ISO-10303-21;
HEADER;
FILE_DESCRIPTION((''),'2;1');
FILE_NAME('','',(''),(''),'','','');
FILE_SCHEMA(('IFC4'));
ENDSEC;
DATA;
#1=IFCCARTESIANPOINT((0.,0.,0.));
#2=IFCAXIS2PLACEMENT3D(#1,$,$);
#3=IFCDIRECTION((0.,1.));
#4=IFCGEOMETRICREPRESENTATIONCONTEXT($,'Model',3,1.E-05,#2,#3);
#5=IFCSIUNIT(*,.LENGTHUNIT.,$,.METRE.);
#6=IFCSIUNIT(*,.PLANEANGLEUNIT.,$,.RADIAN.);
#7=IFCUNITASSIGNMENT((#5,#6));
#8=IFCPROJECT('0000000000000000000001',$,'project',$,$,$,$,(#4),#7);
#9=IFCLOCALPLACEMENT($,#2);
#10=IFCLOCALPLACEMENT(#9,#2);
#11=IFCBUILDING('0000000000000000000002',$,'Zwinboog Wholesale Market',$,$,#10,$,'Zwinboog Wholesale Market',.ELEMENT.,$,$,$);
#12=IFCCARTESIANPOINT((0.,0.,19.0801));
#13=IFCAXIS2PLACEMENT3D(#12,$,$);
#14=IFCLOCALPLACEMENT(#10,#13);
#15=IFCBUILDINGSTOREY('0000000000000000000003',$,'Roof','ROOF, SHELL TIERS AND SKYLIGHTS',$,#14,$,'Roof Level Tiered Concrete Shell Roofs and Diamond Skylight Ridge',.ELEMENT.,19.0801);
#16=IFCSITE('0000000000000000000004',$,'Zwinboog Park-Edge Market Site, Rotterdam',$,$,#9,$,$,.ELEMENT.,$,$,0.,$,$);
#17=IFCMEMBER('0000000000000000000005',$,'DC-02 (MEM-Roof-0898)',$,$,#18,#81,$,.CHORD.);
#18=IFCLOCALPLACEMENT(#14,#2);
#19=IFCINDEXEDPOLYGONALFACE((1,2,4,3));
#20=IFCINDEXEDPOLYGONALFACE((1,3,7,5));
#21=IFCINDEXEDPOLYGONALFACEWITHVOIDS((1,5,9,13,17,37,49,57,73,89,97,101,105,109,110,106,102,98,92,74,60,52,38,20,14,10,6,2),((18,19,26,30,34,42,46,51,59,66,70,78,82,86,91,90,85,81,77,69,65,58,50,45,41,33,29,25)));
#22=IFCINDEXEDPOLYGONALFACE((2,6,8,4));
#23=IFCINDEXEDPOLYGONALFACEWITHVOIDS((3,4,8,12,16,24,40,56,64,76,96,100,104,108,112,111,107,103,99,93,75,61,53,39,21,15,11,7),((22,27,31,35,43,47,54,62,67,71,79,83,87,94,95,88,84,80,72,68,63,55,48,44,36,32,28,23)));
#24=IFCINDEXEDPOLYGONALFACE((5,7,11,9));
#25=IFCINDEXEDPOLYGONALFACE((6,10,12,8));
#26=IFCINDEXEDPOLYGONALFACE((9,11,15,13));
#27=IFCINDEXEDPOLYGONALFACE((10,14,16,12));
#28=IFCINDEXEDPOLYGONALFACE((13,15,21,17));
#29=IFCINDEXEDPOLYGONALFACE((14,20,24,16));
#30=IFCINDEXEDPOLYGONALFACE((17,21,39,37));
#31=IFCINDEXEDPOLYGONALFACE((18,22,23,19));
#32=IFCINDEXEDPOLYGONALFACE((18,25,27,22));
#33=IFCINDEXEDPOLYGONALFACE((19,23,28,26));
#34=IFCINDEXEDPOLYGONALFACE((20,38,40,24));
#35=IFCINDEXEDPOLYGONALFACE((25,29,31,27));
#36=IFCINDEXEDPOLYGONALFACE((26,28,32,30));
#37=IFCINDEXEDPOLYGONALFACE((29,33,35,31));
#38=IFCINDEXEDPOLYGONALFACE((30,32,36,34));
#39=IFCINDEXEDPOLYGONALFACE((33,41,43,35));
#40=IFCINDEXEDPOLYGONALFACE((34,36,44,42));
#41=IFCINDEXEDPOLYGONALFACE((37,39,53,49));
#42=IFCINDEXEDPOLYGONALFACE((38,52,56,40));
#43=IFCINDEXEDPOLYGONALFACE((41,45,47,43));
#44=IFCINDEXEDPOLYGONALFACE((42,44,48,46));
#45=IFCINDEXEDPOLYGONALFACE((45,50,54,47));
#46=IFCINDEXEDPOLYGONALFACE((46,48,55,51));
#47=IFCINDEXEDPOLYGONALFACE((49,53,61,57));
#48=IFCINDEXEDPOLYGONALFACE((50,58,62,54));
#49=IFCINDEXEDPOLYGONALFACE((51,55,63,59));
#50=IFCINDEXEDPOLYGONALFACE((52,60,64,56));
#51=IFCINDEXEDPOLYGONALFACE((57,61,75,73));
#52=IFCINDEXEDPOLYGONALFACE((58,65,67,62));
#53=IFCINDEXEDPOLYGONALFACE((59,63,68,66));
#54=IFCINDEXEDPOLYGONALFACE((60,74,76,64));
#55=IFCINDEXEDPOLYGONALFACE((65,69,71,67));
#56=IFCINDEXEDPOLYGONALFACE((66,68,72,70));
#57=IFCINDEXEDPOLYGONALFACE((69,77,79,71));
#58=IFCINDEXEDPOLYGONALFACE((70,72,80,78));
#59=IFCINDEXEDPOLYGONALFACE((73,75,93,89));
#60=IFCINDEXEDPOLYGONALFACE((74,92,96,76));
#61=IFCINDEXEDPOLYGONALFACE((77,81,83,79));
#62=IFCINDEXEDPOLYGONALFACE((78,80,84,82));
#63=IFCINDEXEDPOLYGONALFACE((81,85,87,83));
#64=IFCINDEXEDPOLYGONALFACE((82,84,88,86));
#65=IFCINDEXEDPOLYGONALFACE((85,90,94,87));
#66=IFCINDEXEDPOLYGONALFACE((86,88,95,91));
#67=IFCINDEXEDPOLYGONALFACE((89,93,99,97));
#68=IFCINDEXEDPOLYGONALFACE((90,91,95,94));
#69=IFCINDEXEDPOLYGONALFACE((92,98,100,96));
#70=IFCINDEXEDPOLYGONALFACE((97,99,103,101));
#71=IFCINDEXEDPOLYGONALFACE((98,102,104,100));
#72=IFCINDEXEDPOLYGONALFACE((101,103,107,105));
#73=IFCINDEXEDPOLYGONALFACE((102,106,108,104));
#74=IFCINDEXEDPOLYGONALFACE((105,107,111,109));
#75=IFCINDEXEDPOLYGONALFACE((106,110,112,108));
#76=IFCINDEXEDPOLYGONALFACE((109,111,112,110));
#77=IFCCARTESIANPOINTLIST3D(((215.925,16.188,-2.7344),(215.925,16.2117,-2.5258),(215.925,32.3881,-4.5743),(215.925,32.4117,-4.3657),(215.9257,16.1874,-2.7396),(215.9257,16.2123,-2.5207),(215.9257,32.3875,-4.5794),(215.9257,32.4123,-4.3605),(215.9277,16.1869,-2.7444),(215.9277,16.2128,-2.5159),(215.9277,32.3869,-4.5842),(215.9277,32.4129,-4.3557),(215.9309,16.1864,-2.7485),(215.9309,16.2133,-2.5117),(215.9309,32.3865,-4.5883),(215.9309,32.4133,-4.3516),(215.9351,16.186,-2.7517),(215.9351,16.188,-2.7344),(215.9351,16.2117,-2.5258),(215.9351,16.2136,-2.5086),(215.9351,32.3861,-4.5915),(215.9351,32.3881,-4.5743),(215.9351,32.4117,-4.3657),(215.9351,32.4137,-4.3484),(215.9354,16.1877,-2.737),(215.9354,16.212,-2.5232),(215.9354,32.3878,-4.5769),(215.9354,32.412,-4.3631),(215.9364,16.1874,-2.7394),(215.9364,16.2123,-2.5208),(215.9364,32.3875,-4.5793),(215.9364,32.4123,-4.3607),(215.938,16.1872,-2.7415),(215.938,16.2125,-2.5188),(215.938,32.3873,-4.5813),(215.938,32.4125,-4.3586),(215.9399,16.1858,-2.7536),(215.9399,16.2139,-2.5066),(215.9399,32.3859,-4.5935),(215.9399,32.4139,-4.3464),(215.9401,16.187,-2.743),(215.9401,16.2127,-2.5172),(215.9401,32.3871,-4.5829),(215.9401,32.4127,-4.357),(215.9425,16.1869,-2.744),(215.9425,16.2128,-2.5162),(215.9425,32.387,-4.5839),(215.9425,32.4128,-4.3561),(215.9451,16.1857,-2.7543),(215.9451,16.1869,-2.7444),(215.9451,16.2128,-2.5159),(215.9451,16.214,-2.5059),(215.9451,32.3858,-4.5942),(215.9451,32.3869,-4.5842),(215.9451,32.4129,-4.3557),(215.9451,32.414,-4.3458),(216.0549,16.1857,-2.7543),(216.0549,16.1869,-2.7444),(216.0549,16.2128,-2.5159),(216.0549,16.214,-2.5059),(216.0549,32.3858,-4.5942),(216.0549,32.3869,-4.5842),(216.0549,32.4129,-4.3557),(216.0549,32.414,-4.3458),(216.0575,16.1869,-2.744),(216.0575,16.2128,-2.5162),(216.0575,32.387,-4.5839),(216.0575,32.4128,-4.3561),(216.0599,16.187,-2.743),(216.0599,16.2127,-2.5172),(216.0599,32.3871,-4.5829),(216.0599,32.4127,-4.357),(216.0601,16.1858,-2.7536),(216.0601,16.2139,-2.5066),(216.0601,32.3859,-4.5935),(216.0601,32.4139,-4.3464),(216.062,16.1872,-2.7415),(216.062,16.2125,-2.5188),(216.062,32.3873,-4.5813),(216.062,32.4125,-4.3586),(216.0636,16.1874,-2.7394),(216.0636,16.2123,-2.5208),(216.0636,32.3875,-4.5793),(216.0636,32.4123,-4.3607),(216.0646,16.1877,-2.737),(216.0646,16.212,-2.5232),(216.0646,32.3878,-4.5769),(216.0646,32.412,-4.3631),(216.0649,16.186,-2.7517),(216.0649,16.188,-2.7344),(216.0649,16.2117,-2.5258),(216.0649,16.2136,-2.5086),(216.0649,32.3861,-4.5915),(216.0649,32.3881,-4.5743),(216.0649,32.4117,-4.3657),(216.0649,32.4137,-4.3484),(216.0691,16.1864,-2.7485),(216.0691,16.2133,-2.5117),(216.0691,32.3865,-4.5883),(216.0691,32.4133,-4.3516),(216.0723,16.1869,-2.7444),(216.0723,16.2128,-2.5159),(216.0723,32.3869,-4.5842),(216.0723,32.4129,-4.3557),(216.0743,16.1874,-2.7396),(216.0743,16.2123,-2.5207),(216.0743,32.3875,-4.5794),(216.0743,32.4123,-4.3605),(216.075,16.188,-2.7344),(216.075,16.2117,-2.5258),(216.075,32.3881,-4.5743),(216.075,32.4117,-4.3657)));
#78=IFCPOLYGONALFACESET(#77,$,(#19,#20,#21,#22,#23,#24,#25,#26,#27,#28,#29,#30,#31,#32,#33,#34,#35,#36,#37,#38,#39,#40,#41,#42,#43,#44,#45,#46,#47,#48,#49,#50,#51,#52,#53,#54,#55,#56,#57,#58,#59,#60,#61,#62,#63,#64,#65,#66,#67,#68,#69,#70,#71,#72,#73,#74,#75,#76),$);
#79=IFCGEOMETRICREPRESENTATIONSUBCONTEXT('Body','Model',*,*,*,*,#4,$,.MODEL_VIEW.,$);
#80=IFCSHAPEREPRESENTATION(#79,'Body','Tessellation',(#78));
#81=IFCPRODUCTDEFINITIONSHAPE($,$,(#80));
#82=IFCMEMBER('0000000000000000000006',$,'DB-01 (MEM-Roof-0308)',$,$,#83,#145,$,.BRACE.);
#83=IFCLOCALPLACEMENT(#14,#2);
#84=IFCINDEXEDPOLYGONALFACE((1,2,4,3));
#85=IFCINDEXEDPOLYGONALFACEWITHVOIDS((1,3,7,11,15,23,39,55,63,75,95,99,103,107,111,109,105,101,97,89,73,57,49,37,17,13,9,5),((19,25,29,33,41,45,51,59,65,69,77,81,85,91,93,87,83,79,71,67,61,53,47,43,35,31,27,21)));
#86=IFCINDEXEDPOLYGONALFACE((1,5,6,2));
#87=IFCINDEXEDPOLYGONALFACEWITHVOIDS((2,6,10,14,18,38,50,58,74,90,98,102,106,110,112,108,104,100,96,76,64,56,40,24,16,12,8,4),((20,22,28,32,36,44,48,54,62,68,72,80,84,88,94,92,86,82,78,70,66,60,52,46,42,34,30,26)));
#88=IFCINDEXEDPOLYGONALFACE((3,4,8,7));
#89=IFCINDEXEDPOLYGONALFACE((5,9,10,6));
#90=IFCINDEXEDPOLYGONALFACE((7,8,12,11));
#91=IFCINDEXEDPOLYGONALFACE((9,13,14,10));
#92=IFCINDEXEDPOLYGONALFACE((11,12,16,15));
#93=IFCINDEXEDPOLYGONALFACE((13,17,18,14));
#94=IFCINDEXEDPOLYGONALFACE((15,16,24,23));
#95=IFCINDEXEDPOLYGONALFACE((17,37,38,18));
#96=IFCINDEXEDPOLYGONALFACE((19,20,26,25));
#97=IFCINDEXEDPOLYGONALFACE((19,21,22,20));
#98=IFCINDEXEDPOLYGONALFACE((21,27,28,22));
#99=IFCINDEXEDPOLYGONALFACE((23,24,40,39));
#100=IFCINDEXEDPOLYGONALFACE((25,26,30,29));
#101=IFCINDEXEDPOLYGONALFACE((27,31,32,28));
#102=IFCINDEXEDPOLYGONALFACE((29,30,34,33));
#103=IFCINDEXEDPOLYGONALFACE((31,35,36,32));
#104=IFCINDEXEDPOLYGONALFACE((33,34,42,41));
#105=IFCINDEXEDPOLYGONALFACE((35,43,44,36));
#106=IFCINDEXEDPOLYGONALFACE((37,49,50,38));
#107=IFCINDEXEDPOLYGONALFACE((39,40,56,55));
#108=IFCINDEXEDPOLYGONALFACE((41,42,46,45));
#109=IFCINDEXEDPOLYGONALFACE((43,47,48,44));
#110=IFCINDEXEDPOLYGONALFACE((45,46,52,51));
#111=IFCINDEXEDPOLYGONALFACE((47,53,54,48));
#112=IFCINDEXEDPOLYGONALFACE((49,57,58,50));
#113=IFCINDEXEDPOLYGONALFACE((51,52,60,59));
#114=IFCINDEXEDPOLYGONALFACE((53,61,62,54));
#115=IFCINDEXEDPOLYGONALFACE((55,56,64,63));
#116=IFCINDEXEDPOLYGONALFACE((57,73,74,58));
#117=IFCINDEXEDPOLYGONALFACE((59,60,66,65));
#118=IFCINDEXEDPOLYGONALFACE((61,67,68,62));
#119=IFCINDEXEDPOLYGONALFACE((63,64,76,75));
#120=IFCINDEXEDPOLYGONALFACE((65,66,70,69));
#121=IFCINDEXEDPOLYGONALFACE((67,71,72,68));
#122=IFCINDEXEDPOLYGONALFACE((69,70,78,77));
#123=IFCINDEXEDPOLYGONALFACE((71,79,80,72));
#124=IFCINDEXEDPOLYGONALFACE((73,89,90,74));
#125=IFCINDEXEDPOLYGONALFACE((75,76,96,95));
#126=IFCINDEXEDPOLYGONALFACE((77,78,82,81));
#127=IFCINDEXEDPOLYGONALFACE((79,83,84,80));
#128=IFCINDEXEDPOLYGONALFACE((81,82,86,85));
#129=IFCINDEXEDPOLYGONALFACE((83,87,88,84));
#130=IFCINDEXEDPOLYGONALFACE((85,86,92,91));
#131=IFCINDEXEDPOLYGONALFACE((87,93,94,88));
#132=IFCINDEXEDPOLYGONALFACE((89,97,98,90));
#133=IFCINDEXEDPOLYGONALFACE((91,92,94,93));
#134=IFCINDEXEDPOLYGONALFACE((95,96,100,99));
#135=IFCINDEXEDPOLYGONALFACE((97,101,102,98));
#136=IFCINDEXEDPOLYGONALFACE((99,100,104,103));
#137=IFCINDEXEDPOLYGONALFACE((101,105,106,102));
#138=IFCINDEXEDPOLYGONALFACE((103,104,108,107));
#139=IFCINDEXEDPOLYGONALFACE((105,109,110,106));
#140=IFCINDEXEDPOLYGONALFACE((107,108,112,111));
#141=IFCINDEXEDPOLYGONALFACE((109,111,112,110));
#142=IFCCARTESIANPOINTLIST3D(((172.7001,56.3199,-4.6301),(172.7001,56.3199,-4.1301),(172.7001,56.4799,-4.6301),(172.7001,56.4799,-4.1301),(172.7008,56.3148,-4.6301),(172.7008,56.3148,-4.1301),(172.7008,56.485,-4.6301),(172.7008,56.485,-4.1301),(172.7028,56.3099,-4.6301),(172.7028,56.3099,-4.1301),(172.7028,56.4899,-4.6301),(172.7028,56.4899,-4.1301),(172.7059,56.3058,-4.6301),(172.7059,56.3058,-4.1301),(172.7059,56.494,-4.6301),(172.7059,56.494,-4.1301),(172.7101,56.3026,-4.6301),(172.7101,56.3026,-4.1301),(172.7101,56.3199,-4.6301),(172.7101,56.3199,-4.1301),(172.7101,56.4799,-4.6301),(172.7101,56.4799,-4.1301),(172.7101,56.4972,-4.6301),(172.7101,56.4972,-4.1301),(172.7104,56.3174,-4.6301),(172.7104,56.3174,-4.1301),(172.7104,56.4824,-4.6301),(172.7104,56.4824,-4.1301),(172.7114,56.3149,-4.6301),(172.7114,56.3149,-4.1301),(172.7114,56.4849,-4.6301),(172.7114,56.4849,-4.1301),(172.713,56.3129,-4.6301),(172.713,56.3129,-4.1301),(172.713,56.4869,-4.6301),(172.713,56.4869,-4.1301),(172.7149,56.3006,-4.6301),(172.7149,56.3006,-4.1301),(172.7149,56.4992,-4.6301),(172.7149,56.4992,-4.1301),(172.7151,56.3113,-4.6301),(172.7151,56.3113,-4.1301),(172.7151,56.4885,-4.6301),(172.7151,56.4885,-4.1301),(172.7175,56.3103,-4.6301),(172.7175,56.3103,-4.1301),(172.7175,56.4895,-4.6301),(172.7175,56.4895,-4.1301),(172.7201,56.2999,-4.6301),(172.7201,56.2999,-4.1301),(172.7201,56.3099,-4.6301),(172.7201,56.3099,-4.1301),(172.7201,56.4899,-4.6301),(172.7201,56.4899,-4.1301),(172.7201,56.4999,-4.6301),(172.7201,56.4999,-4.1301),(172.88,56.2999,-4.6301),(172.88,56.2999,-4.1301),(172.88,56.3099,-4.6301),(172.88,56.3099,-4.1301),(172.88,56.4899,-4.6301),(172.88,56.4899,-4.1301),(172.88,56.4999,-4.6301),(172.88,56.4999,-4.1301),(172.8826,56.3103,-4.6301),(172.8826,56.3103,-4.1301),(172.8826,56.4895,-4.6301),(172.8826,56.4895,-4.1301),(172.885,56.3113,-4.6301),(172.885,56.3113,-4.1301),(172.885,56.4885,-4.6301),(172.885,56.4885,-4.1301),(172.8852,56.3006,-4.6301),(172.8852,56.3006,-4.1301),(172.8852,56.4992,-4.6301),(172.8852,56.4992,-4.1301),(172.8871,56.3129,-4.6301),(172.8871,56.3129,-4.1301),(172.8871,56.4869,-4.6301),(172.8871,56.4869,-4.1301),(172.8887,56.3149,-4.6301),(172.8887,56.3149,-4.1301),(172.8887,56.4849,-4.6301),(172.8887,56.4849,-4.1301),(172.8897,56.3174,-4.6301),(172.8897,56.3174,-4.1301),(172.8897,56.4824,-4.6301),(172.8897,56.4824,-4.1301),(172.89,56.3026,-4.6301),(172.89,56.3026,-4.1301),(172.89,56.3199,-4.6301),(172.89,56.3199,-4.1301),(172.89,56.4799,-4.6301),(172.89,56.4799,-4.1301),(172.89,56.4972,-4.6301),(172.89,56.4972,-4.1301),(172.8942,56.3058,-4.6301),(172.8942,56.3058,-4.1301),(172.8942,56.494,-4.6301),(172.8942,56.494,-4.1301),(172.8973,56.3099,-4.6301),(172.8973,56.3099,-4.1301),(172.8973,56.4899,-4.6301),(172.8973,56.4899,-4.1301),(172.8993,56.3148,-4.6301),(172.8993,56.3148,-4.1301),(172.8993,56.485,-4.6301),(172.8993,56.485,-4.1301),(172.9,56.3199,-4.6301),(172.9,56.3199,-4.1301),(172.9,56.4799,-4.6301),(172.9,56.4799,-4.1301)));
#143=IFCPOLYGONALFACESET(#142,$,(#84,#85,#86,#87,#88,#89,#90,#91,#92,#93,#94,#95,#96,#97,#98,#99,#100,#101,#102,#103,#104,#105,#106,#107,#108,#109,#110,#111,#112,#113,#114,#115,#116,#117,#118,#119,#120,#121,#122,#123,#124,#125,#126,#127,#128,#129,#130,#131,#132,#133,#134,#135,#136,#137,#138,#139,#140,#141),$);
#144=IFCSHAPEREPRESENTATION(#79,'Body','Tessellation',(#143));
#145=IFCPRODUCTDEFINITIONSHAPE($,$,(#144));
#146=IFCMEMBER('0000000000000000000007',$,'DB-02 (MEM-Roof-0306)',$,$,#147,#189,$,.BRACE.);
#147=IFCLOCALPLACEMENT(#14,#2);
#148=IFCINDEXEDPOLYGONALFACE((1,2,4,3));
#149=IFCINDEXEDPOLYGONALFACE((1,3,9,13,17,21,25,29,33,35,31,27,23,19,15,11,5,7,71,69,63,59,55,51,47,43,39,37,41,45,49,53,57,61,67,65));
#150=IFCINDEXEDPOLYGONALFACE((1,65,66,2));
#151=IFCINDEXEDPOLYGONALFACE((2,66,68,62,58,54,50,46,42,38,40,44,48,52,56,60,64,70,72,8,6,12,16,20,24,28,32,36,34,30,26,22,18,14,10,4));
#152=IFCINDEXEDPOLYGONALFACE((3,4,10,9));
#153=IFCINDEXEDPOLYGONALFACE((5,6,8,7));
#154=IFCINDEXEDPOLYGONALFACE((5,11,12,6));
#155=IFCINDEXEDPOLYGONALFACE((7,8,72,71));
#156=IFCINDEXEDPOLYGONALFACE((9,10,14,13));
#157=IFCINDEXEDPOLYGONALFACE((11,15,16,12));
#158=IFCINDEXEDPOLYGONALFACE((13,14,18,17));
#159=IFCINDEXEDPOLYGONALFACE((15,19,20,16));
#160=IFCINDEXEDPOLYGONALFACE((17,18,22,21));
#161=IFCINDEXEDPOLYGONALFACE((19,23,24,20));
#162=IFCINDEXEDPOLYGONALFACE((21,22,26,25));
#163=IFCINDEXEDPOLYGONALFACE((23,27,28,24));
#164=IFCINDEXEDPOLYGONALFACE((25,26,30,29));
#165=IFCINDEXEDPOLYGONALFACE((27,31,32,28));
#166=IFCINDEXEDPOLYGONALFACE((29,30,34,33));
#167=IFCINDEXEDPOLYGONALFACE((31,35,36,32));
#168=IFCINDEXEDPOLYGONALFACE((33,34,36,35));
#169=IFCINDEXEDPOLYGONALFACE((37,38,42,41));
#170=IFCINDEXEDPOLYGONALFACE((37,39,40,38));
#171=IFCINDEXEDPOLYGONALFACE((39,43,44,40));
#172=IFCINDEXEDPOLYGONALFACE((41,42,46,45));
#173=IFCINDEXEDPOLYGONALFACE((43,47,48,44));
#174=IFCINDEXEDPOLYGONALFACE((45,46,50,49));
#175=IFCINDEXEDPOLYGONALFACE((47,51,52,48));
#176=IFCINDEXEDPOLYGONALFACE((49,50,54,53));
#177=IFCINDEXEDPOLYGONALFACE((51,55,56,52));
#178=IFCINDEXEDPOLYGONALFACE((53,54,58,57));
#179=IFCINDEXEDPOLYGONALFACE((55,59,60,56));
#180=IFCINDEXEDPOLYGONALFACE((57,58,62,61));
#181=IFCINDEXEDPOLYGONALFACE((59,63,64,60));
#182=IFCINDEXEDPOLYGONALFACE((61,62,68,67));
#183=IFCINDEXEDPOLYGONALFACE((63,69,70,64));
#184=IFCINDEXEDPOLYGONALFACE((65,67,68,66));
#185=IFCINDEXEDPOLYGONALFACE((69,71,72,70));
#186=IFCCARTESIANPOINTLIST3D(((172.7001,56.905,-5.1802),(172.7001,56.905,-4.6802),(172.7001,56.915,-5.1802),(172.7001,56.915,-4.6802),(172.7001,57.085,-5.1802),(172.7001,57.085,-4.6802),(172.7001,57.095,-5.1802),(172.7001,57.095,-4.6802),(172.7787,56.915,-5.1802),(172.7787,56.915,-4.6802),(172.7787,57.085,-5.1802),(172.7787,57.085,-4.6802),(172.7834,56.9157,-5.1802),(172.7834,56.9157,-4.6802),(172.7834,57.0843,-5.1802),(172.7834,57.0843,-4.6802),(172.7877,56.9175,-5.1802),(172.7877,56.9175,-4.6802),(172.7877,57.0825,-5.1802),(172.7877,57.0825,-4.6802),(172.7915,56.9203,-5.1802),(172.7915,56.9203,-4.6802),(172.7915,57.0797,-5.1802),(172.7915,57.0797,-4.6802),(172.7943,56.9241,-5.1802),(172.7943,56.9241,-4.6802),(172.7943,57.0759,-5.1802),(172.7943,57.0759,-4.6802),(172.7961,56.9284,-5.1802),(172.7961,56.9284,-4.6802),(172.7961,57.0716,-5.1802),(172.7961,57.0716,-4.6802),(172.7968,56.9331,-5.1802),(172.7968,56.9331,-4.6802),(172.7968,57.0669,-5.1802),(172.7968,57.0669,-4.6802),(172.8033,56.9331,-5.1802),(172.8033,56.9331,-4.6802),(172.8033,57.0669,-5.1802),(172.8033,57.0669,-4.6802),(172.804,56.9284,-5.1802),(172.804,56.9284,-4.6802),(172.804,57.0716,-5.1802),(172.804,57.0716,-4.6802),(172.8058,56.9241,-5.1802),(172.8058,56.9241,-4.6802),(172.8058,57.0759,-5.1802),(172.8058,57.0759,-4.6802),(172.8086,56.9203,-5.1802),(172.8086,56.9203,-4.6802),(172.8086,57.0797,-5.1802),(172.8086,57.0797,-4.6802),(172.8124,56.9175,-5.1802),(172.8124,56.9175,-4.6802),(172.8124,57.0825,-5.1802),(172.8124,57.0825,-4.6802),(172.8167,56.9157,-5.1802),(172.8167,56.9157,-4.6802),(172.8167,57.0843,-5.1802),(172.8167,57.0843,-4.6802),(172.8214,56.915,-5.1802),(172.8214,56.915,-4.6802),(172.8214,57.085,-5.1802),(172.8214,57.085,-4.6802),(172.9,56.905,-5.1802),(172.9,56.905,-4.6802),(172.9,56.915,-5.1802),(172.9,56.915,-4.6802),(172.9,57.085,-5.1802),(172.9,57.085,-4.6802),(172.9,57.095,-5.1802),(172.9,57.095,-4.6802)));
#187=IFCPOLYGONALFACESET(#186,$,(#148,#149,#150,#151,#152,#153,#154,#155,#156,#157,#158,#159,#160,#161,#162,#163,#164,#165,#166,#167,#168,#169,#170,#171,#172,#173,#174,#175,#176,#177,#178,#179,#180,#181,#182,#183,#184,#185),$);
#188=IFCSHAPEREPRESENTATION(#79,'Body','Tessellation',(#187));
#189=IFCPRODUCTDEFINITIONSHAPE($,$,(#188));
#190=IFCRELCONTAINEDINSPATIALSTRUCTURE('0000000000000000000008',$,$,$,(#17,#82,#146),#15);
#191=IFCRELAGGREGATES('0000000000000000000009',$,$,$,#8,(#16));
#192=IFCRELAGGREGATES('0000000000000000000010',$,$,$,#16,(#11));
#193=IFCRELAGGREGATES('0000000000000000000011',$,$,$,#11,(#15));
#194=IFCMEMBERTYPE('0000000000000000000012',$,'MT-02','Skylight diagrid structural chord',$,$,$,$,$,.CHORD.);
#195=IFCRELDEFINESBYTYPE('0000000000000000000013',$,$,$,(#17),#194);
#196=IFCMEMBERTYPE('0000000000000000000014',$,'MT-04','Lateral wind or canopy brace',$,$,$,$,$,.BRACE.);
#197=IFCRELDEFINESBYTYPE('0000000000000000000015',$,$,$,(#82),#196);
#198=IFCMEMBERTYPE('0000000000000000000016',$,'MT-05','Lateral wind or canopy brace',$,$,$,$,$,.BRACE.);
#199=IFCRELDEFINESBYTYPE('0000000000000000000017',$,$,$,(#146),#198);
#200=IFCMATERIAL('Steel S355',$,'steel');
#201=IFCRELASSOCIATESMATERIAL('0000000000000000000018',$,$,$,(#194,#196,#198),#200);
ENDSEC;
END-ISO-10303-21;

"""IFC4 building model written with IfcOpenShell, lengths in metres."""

from ifc_helpers import new_model, si_unit, direction, frame, origin, origin_2d, place, context, subcontext, project, spatial, hollow_rectangle, i_section, extrude, material, material_profile, profile_set, type_object, element, save


model = new_model("IFC4")

# Units and contexts
model_context = context("Model", 3, precision=1e-05, world=origin(), true_north=direction((0.0, 1.0)))
body_context = subcontext(model_context, "Body", "Model", "MODEL_VIEW")
ifc_project = project(units=[si_unit("LENGTHUNIT", "METRE"), si_unit("PLANEANGLEUNIT", "RADIAN")], contexts=[model_context])

# Site, building, storey
site_placement = place(None, origin())
site = spatial("IfcSite", under=ifc_project, at=site_placement, Name="Zwinboog Park-Edge Market Site, Rotterdam", CompositionType="ELEMENT", RefElevation=0.0)
building_placement = place(site_placement, origin())
building = spatial("IfcBuilding", under=site, at=building_placement, Name="Zwinboog Wholesale Market", LongName="Zwinboog Wholesale Market", CompositionType="ELEMENT")
storey_placement = place(building_placement, frame((0.0, 0.0, 19.0801)))
storey = spatial("IfcBuildingStorey", under=building, at=storey_placement, Name="Roof", Description="ROOF, SHELL TIERS AND SKYLIGHTS", LongName="Roof Level Tiered Concrete Shell Roofs and Diamond Skylight Ridge", CompositionType="ELEMENT", Elevation=19.0801)

# Shared definitions
ifc_material_1 = material(Name="Steel S355", Category="steel")

# Members
ifc_material_profile_1 = material_profile(ifc_material_1, hollow_rectangle(XDim=0.1499, YDim=0.25, WallThickness=0.01, InnerFilletRadius=0.01, OuterFilletRadius=0.02, at=origin_2d()), Name="RHS 250x150x10")
ifc_profile_set_1 = profile_set([ifc_material_profile_1], Name="Steel S355")
member_type_1 = type_object("IfcMemberType", Name="MT-02", Description="Skylight diagrid structural chord", PredefinedType="CHORD", material=ifc_profile_set_1)
for number, where, z_axis, x_axis, name in (
    (1, (216.0, 32.3999, -4.47), (0.0, -0.993613, 0.112846), (1.0, 0.0, 0.0), "DC-02 (MEM-Roof-0898)"),
):
    element("IfcMember", number, at=place(storey_placement, frame(where, z_axis=z_axis, x_axis=x_axis)), inside=storey, type_object=member_type_1, Name=name, PredefinedType="CHORD", context=body_context, shape_type="SweptSolid", body=[
        extrude(hollow_rectangle(XDim=0.1499, YDim=0.25, WallThickness=0.01, InnerFilletRadius=0.01, OuterFilletRadius=0.02, at=origin_2d()), origin(), (0.0, 0.0, 1.0), 16.3042),
    ])
ifc_material_profile_2 = material_profile(ifc_material_1, hollow_rectangle(XDim=0.2, YDim=0.2, WallThickness=0.01, InnerFilletRadius=0.01, OuterFilletRadius=0.02, at=origin_2d()), Name="SHS 200x200x10")
ifc_profile_set_2 = profile_set([ifc_material_profile_2], Name="Steel S355")
member_type_2 = type_object("IfcMemberType", Name="MT-04", Description="Lateral wind or canopy brace", PredefinedType="BRACE", material=ifc_profile_set_2)
member_1_placement = place(storey_placement, frame((172.8, 56.3999, -4.6301), z_axis=(0.0, 0.0, 1.0), x_axis=(1.0, 0.0, 0.0)))
element("IfcMember", 2, at=member_1_placement, inside=storey, type_object=member_type_2, Name="DB-01 (MEM-Roof-0308)", PredefinedType="BRACE", context=body_context, shape_type="SweptSolid", body=[
    extrude(hollow_rectangle(XDim=0.2, YDim=0.2, WallThickness=0.01, InnerFilletRadius=0.01, OuterFilletRadius=0.02, at=origin_2d()), origin(), (0.0, 0.0, 1.0), 0.5),
])
ifc_material_profile_3 = material_profile(ifc_material_1, i_section(OverallWidth=0.2, OverallDepth=0.1899, WebThickness=0.0066, FlangeThickness=0.01, FilletRadius=0.0181, at=origin_2d()), Name="HEA 200")
ifc_profile_set_3 = profile_set([ifc_material_profile_3], Name="Steel S355")
member_type_3 = type_object("IfcMemberType", Name="MT-05", Description="Lateral wind or canopy brace", PredefinedType="BRACE", material=ifc_profile_set_3)
for number, where, z_axis, x_axis, name in (
    (3, (172.8, 57.0, -5.1802), (0.0, 0.0, 1.0), (1.0, 0.0, 0.0), "DB-02 (MEM-Roof-0306)"),
):
    element("IfcMember", number, at=place(storey_placement, frame(where, z_axis=z_axis, x_axis=x_axis)), inside=storey, type_object=member_type_3, Name=name, PredefinedType="BRACE", context=body_context, shape_type="SweptSolid", body=[
        extrude(i_section(OverallWidth=0.2, OverallDepth=0.1899, WebThickness=0.0066, FlangeThickness=0.01, FilletRadius=0.0181, at=origin_2d()), origin(), (0.0, 0.0, 1.0), 0.5),
    ])

save(model, "model.ifc")
